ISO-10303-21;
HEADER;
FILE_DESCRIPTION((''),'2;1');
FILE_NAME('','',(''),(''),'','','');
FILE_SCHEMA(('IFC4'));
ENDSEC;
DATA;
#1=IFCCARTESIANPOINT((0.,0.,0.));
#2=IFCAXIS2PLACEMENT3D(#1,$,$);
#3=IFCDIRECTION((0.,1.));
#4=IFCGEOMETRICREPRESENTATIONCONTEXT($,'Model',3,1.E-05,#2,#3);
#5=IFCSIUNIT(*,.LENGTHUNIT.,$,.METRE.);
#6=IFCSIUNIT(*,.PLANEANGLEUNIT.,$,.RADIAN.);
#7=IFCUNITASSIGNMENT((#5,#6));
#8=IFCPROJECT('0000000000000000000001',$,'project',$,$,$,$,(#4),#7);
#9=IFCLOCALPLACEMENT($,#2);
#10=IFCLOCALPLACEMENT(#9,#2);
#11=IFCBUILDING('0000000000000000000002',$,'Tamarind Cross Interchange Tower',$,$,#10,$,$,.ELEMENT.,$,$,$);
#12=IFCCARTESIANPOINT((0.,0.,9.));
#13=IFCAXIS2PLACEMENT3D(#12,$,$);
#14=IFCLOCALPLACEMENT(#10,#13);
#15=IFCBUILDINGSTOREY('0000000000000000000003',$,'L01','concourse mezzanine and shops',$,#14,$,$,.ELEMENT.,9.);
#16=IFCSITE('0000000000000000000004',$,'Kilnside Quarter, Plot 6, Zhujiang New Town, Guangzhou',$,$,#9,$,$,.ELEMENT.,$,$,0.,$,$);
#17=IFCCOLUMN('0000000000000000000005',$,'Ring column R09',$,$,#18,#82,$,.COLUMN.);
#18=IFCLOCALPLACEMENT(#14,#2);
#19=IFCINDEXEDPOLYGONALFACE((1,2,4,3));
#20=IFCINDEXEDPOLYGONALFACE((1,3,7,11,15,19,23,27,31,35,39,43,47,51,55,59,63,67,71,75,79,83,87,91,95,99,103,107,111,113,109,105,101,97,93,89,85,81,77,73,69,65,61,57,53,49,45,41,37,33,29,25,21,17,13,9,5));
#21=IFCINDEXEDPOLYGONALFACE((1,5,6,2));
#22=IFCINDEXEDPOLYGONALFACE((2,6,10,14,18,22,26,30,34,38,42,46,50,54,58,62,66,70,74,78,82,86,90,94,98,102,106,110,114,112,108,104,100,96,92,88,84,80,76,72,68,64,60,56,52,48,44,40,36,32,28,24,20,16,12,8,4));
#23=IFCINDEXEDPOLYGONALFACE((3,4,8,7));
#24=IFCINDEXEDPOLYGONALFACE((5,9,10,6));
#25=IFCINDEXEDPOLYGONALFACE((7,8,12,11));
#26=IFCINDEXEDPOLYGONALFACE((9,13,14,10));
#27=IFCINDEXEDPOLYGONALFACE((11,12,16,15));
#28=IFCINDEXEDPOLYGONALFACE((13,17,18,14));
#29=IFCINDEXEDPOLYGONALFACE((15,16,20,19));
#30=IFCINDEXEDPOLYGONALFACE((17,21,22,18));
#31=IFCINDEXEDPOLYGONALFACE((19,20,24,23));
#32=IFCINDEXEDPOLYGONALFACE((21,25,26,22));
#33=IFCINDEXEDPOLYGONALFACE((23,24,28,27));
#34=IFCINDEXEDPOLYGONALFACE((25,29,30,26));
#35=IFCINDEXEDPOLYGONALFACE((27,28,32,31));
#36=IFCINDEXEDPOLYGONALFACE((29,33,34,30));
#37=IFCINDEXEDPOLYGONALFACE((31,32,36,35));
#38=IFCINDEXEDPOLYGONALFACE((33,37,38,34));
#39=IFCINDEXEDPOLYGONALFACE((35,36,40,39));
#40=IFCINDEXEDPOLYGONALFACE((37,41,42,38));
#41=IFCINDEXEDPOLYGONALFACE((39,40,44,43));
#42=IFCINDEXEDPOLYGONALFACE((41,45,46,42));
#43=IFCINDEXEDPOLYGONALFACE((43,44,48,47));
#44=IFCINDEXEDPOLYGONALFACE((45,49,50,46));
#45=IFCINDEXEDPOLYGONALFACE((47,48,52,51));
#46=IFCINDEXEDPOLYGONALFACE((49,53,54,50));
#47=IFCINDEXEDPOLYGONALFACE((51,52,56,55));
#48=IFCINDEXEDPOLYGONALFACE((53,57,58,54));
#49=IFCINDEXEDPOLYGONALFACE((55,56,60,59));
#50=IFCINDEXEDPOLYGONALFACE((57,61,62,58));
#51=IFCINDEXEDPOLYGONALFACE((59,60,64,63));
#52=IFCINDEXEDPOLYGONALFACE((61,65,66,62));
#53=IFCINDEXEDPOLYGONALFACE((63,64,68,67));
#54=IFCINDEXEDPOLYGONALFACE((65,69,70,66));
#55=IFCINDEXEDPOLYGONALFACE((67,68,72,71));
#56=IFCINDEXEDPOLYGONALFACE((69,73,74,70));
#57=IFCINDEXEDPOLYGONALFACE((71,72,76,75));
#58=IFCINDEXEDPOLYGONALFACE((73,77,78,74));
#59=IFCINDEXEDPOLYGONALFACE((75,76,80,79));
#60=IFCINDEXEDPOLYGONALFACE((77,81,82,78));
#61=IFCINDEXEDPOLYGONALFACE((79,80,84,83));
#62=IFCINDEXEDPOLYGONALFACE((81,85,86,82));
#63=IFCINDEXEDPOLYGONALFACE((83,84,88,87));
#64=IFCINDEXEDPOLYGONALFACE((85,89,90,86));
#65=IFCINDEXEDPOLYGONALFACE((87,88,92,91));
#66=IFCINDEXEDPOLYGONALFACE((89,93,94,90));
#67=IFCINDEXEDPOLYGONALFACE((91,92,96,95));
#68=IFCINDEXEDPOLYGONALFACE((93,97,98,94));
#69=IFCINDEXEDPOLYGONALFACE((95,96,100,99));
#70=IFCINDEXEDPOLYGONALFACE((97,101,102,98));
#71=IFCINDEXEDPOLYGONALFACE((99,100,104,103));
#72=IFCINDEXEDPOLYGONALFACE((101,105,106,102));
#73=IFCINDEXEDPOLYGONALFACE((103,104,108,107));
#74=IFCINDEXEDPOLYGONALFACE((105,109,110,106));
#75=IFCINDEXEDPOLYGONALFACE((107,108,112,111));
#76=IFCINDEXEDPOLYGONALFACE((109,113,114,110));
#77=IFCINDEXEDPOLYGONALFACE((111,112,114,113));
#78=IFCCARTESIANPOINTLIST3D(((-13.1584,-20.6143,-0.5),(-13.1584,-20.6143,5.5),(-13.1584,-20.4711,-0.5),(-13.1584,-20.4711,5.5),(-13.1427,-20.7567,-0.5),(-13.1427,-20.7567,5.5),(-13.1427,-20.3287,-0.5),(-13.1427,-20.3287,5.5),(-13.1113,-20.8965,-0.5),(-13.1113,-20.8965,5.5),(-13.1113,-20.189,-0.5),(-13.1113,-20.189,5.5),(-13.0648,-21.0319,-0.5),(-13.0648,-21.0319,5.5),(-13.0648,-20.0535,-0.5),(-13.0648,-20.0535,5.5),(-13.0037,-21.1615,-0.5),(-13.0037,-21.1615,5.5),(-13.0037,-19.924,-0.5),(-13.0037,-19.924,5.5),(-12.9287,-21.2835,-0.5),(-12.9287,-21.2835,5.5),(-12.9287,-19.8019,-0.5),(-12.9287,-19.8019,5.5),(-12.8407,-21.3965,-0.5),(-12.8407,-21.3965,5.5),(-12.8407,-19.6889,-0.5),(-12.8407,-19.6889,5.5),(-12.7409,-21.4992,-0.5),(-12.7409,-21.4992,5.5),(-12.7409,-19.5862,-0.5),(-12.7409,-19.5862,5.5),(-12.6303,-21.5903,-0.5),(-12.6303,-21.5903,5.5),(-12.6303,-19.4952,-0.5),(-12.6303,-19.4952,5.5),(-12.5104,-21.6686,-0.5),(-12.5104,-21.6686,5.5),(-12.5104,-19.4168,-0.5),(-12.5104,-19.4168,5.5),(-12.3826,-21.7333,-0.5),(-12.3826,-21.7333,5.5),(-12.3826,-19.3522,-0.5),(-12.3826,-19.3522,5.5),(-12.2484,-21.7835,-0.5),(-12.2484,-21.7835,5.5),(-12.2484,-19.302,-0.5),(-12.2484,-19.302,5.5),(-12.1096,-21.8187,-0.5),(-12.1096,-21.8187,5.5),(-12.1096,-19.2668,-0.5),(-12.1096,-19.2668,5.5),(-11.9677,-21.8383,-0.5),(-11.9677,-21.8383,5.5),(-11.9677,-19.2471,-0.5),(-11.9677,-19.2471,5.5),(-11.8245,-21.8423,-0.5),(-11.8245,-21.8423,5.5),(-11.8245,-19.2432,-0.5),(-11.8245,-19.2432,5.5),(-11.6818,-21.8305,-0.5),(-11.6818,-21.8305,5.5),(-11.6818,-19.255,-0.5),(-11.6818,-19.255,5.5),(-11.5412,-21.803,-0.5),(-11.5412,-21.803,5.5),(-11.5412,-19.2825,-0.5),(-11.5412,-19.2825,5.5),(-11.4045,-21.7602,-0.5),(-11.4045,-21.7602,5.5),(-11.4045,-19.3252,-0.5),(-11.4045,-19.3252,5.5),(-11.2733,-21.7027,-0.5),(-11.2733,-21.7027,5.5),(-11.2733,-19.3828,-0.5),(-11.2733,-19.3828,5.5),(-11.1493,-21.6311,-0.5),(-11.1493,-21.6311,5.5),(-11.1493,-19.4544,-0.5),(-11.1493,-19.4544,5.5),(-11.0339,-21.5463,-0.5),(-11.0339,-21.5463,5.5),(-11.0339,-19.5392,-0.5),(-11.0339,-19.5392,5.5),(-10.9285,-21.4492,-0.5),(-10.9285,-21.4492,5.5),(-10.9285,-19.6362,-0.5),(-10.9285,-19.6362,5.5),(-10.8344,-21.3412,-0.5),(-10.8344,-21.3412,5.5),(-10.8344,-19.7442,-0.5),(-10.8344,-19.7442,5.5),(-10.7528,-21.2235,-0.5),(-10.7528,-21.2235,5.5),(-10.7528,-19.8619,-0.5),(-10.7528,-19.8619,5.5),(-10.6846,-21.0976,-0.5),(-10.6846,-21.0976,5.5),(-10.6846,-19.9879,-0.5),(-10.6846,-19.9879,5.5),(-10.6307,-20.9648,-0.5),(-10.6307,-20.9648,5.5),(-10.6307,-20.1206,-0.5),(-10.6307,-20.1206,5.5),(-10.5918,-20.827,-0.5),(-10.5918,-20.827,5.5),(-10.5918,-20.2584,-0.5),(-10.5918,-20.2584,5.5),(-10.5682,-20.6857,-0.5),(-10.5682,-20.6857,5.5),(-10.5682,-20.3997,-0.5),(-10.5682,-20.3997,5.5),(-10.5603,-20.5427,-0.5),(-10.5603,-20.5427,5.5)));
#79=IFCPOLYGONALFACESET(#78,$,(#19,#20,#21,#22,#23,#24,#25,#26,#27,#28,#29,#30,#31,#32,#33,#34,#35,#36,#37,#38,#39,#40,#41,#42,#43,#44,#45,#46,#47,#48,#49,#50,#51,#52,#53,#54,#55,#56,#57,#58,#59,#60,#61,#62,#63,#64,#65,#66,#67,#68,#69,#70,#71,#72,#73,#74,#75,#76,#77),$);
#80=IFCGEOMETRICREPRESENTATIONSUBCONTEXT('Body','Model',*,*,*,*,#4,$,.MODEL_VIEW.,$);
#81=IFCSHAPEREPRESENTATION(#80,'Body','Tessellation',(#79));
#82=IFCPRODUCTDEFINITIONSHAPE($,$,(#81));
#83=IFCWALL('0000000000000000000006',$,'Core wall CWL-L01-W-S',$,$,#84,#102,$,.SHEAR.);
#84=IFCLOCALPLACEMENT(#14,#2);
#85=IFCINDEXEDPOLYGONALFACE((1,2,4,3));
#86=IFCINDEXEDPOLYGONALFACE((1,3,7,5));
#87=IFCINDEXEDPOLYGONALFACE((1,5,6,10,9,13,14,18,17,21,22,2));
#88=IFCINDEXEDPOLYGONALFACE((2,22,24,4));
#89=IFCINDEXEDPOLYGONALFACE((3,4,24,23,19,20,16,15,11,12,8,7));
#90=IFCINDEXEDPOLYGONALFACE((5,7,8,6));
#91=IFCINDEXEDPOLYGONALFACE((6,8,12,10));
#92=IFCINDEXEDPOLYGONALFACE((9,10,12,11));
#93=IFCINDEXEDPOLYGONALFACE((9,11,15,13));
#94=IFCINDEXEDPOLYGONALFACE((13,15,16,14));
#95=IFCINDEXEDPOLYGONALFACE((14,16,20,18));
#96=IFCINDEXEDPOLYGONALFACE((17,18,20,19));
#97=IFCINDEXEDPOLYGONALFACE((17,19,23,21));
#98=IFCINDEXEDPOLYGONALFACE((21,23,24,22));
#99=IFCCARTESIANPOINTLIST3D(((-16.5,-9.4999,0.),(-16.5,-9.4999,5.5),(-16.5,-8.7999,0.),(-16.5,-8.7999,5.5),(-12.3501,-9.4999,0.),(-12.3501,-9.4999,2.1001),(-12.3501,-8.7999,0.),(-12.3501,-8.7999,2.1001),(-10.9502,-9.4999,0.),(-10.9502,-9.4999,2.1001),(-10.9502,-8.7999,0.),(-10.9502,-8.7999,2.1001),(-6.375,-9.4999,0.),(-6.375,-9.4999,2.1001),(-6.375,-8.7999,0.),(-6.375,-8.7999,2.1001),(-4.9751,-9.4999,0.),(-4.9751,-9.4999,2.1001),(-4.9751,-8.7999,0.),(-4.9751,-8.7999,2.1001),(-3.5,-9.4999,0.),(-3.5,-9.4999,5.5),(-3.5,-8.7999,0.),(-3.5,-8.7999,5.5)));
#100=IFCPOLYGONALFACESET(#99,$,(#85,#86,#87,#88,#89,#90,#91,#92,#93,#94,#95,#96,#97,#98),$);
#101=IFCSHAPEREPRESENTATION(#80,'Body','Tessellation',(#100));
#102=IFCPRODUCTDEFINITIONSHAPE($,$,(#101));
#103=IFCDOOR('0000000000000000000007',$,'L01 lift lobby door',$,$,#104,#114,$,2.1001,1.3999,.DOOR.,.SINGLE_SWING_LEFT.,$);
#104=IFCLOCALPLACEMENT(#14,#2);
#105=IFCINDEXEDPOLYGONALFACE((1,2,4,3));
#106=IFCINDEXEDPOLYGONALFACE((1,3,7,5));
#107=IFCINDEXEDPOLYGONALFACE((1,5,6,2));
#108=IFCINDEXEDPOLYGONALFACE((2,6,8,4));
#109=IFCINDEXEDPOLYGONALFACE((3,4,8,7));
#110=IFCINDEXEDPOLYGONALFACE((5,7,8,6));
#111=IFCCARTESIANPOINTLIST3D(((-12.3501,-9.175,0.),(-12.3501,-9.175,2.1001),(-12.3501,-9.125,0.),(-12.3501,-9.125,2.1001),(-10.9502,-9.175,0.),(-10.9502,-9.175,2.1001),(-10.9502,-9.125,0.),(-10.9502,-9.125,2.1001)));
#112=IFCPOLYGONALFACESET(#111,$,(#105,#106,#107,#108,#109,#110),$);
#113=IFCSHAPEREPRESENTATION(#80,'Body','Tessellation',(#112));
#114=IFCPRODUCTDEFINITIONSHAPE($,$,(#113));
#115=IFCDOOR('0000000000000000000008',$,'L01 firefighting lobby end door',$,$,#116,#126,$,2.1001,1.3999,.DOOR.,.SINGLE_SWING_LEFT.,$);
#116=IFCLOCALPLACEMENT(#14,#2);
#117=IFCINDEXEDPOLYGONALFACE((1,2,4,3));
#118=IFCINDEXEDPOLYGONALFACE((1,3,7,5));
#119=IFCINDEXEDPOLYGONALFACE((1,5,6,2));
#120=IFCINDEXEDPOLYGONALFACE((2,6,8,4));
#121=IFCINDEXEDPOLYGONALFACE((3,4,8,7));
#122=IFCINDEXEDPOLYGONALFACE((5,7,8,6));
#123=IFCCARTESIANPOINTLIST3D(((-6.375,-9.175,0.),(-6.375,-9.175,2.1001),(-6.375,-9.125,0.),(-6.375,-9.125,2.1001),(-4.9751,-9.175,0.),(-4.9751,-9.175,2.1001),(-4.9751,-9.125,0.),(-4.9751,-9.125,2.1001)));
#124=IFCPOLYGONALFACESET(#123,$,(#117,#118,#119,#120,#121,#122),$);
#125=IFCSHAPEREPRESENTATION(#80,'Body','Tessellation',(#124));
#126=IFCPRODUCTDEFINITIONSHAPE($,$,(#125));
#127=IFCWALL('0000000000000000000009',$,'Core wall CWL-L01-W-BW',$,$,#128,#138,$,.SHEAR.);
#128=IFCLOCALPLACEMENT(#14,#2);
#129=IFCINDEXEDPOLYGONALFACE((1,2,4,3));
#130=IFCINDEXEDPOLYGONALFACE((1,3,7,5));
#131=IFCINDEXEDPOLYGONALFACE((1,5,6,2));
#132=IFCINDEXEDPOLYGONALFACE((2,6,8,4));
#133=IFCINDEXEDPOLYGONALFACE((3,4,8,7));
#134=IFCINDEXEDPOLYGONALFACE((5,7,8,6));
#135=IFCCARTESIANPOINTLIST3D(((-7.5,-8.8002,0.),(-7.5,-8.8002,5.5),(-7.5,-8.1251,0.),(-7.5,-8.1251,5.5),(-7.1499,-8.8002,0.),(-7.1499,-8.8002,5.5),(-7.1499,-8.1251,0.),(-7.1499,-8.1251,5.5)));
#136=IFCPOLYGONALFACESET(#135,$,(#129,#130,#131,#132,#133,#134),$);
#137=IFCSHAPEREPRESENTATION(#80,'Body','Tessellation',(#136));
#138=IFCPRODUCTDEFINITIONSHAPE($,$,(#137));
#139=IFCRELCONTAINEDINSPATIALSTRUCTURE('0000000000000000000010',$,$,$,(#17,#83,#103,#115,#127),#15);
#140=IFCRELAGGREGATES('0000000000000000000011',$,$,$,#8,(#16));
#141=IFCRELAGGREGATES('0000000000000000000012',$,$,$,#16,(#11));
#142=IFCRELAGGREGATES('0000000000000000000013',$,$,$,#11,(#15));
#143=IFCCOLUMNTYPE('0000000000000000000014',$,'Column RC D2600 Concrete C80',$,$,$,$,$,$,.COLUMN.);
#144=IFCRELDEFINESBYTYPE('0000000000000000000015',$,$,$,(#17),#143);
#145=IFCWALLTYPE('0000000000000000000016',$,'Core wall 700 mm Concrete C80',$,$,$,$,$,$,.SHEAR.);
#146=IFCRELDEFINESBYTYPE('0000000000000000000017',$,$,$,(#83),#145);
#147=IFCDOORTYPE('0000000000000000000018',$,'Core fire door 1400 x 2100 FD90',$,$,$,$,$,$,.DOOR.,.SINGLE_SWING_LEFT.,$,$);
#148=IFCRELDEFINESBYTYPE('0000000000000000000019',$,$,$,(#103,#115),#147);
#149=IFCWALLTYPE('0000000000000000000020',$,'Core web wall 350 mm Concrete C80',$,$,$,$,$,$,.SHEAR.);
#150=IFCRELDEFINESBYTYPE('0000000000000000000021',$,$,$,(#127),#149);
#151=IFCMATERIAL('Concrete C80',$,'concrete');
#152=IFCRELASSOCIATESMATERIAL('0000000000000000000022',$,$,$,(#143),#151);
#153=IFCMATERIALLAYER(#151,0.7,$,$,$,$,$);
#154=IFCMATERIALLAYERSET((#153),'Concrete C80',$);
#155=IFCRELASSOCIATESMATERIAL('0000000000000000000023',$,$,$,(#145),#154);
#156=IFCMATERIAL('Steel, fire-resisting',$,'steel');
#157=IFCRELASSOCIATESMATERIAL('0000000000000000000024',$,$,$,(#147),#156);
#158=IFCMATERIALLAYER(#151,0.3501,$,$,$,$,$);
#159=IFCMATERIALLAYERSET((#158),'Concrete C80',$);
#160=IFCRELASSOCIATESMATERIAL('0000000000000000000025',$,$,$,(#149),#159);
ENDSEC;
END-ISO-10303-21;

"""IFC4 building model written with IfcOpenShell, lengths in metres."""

from ifc_helpers import new_model, si_unit, direction, frame, frame_2d, origin, origin_2d, place, context, subcontext, project, spatial, rectangle, circle, extrude, material, layer, layer_set, material_profile, profile_set, type_object, element, fill, save


model = new_model("IFC4")

# Units and contexts
model_context = context("Model", 3, precision=1e-05, world=origin(), true_north=direction((0.0, 1.0)))
body_context = subcontext(model_context, "Body", "Model", "MODEL_VIEW")
ifc_project = project(units=[si_unit("LENGTHUNIT", "METRE"), si_unit("PLANEANGLEUNIT", "RADIAN")], contexts=[model_context])

# Site, building, storey
site_placement = place(None, origin())
site = spatial("IfcSite", under=ifc_project, at=site_placement, Name="Kilnside Quarter, Plot 6, Zhujiang New Town, Guangzhou", CompositionType="ELEMENT", RefElevation=0.0)
building_placement = place(site_placement, origin())
building = spatial("IfcBuilding", under=site, at=building_placement, Name="Tamarind Cross Interchange Tower", CompositionType="ELEMENT")
storey_placement = place(building_placement, frame((0.0, 0.0, 9.0)))
storey = spatial("IfcBuildingStorey", under=building, at=storey_placement, Name="L01", Description="concourse mezzanine and shops", CompositionType="ELEMENT", Elevation=9.0)

# Column
ifc_material_1 = material(Name="Concrete C80", Category="concrete")
ifc_material_profile_1 = material_profile(ifc_material_1, circle(Radius=1.3, at=origin_2d()), Name="RC D2600")
ifc_profile_set_1 = profile_set([ifc_material_profile_1], Name="Concrete C80")
column_type_1 = type_object("IfcColumnType", Name="Column RC D2600 Concrete C80", PredefinedType="COLUMN", material=ifc_profile_set_1)
for number, where, z_axis, x_axis, name in (
    (1, (-11.8604, -20.5427, -0.5), (0.0, 0.0, 1.0), (1.0, 0.0, 0.0), "Ring column R09"),
):
    element("IfcColumn", number, at=place(storey_placement, frame(where, z_axis=z_axis, x_axis=x_axis)), inside=storey, type_object=column_type_1, Name=name, PredefinedType="COLUMN", context=body_context, shape_type="SweptSolid", body=[
        extrude(circle(Radius=1.3, at=origin_2d()), origin(), (0.0, 0.0, 1.0), 6.0),
    ])

# Wall, openings, doors
ifc_layer_1 = layer(ifc_material_1, 0.7)
ifc_layer_set_1 = layer_set([ifc_layer_1], Name="Concrete C80")
wall_type_1 = type_object("IfcWallType", Name="Core wall 700 mm Concrete C80", PredefinedType="SHEAR", material=ifc_layer_set_1)
wall_1_placement = place(storey_placement, frame((-16.5, -9.1499, 0.0), z_axis=(0.0, 0.0, 1.0), x_axis=(1.0, 0.0, 0.0)))
wall_1 = element("IfcWall", 2, at=wall_1_placement, inside=storey, type_object=wall_type_1, Name="Core wall CWL-L01-W-S", PredefinedType="SHEAR", context=body_context, shape_type="SweptSolid", body=[
    extrude(rectangle(XDim=13.0, YDim=0.7, at=frame_2d((6.5, 0.0))), origin(), (0.0, 0.0, 1.0), 5.5),
])
opening_1_placement = place(wall_1_placement, frame((4.1499, 0.0, 0.0)))
opening_1 = element("IfcOpeningElement", 3, at=opening_1_placement, cuts=wall_1, PredefinedType="OPENING", context=body_context, shape_type="SweptSolid", body=[
    extrude(rectangle(XDim=1.3999, YDim=2.1001, at=frame_2d((0.7, 1.05))), frame((0.0, 0.3599, 0.0), z_axis=(0.0, -1.0, 0.0), x_axis=(1.0, 0.0, 0.0)), (0.0, 0.0, 1.0), 0.72),
])
opening_2_placement = place(wall_1_placement, frame((10.125, 0.0, 0.0)))
opening_2 = element("IfcOpeningElement", 4, at=opening_2_placement, cuts=wall_1, PredefinedType="OPENING", context=body_context, shape_type="SweptSolid", body=[
    extrude(rectangle(XDim=1.3999, YDim=2.1001, at=frame_2d((0.7, 1.05))), frame((0.0, 0.3599, 0.0), z_axis=(0.0, -1.0, 0.0), x_axis=(1.0, 0.0, 0.0)), (0.0, 0.0, 1.0), 0.72),
])
ifc_material_2 = material(Name="Steel, fire-resisting", Category="steel")
door_type_1 = type_object("IfcDoorType", Name="Core fire door 1400 x 2100 FD90", OperationType="SINGLE_SWING_LEFT", PredefinedType="DOOR", material=ifc_material_2)
door_1_placement = place(opening_1_placement, origin())
door_1 = element("IfcDoor", 5, at=door_1_placement, inside=storey, type_object=door_type_1, Name="L01 lift lobby door", OperationType="SINGLE_SWING_LEFT", OverallHeight=2.1001, OverallWidth=1.3999, PredefinedType="DOOR", context=body_context, shape_type="SweptSolid", body=[
    extrude(rectangle(XDim=1.3999, YDim=2.1001, at=frame_2d((0.7, 1.05))), frame((0.0, 0.0249, 0.0), z_axis=(0.0, -1.0, 0.0), x_axis=(1.0, 0.0, 0.0)), (0.0, 0.0, 1.0), 0.05),
])
fill(opening_1, door_1)
door_2_placement = place(opening_2_placement, origin())
door_2 = element("IfcDoor", 6, at=door_2_placement, inside=storey, type_object=door_type_1, Name="L01 firefighting lobby end door", OperationType="SINGLE_SWING_LEFT", OverallHeight=2.1001, OverallWidth=1.3999, PredefinedType="DOOR", context=body_context, shape_type="SweptSolid", body=[
    extrude(rectangle(XDim=1.3999, YDim=2.1001, at=frame_2d((0.7, 1.05))), frame((0.0, 0.0249, 0.0), z_axis=(0.0, -1.0, 0.0), x_axis=(1.0, 0.0, 0.0)), (0.0, 0.0, 1.0), 0.05),
])
fill(opening_2, door_2)

# Wall
ifc_layer_2 = layer(ifc_material_1, 0.3501)
ifc_layer_set_2 = layer_set([ifc_layer_2], Name="Concrete C80")
wall_type_2 = type_object("IfcWallType", Name="Core web wall 350 mm Concrete C80", PredefinedType="SHEAR", material=ifc_layer_set_2)
wall_2_placement = place(storey_placement, frame((-7.325, -8.8, 0.0), z_axis=(0.0, 0.0, 1.0), x_axis=(0.0, 1.0, 0.0)))
element("IfcWall", 7, at=wall_2_placement, inside=storey, type_object=wall_type_2, Name="Core wall CWL-L01-W-BW", PredefinedType="SHEAR", context=body_context, shape_type="SweptSolid", body=[
    extrude(rectangle(XDim=0.675, YDim=0.3501, at=frame_2d((0.3374, 0.0))), origin(), (0.0, 0.0, 1.0), 5.5),
])

save(model, "model.ifc")
